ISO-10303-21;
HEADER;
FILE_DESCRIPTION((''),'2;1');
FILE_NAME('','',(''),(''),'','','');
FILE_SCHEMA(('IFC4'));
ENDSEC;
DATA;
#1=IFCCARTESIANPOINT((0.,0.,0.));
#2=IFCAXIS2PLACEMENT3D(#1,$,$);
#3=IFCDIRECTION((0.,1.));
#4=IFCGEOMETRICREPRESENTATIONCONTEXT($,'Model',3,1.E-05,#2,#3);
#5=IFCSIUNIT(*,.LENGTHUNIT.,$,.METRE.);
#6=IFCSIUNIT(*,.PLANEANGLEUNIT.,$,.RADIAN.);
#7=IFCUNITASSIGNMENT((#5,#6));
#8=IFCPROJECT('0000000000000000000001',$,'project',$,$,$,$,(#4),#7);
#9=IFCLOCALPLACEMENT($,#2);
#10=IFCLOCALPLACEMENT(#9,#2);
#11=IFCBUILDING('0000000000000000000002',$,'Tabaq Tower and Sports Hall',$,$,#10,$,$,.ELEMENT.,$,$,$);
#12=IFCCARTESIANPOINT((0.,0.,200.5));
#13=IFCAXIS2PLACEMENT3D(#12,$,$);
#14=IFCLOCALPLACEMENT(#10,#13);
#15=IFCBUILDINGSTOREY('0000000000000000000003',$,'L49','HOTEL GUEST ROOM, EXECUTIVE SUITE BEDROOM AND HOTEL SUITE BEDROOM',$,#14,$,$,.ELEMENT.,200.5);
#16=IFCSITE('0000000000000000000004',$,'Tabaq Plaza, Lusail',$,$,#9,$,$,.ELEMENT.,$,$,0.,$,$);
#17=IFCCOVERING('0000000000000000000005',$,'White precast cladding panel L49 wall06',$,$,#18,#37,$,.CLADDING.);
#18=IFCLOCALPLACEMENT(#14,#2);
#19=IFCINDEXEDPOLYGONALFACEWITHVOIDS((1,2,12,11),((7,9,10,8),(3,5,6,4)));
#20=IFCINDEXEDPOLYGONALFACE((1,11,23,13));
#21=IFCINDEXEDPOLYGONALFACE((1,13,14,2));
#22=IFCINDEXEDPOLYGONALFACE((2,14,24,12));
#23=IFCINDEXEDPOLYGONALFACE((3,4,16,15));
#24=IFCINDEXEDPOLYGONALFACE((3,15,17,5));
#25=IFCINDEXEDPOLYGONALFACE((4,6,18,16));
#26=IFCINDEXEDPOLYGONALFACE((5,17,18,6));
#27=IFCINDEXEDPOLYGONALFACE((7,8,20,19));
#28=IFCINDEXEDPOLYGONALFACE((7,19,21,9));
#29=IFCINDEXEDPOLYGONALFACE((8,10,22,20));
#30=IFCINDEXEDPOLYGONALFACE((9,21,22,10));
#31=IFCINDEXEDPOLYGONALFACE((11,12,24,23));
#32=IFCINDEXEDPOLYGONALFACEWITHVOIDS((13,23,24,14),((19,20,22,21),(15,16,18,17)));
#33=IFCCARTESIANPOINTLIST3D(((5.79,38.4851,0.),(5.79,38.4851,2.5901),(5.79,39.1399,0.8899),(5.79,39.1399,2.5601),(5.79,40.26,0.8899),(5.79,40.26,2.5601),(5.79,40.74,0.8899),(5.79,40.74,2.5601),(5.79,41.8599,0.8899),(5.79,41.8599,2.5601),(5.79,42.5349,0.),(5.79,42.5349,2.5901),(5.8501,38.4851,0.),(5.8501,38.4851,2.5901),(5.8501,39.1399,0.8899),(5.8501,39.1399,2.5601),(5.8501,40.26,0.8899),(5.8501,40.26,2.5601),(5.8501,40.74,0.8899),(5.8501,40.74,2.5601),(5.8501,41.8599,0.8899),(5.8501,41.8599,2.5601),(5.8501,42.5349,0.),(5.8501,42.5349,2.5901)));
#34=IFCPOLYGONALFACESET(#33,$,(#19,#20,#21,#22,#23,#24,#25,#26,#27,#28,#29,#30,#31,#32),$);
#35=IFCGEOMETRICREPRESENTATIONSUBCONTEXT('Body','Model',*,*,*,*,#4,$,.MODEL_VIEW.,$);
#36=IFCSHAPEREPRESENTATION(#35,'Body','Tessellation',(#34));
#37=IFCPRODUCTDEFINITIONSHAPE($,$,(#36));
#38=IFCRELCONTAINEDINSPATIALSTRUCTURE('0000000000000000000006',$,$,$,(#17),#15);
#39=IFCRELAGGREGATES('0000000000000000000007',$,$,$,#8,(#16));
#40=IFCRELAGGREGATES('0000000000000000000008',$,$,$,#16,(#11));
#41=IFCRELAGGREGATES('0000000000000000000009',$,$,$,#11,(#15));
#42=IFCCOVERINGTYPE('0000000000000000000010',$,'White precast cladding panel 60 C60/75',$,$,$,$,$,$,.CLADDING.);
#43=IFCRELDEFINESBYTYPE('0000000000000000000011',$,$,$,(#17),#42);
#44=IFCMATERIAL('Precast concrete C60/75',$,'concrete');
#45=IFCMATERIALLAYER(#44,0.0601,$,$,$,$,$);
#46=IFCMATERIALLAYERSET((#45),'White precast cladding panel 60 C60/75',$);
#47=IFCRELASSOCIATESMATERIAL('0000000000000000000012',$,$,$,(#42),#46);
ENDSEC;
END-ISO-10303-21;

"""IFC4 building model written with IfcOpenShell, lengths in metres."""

from ifc_helpers import new_model, si_unit, direction, frame, origin, place, context, subcontext, project, spatial, polyline, outline, extrude, material, layer, layer_set, type_object, element, save


model = new_model("IFC4")

# Units and contexts
model_context = context("Model", 3, precision=1e-05, world=origin(), true_north=direction((0.0, 1.0)))
body_context = subcontext(model_context, "Body", "Model", "MODEL_VIEW")
ifc_project = project(units=[si_unit("LENGTHUNIT", "METRE"), si_unit("PLANEANGLEUNIT", "RADIAN")], contexts=[model_context])

# Site, building, storey
site_placement = place(None, origin())
site = spatial("IfcSite", under=ifc_project, at=site_placement, Name="Tabaq Plaza, Lusail", CompositionType="ELEMENT", RefElevation=0.0)
building_placement = place(site_placement, origin())
building = spatial("IfcBuilding", under=site, at=building_placement, Name="Tabaq Tower and Sports Hall", CompositionType="ELEMENT")
storey_placement = place(building_placement, frame((0.0, 0.0, 200.5)))
storey = spatial("IfcBuildingStorey", under=building, at=storey_placement, Name="L49", Description="HOTEL GUEST ROOM, EXECUTIVE SUITE BEDROOM AND HOTEL SUITE BEDROOM", CompositionType="ELEMENT", Elevation=200.5)

# Covering
ifc_material_1 = material(Name="Precast concrete C60/75", Category="concrete")
ifc_layer_1 = layer(ifc_material_1, 0.0601)
ifc_layer_set_1 = layer_set([ifc_layer_1], Name="White precast cladding panel 60 C60/75")
covering_type_1 = type_object("IfcCoveringType", Name="White precast cladding panel 60 C60/75", PredefinedType="CLADDING", material=ifc_layer_set_1)
covering_1_placement = place(storey_placement, frame((5.8201, 42.5349, 0.0), z_axis=(0.0, 0.0, 1.0), x_axis=(0.0, -1.0, 0.0)))
element("IfcCovering", 1, at=covering_1_placement, inside=storey, type_object=covering_type_1, Name="White precast cladding panel L49 wall06", PredefinedType="CLADDING", context=body_context, shape_type="SweptSolid", body=[
    extrude(outline(polyline([(0.0, 0.0), (4.0498, 0.0), (4.0498, 2.5901), (0.0, 2.5901), (0.0, 0.0)]), holes=[polyline([(0.675, 0.8899), (0.675, 2.5601), (1.7949, 2.5601), (1.7949, 0.8899), (0.675, 0.8899)]), polyline([(2.2749, 0.8899), (2.2749, 2.5601), (3.395, 2.5601), (3.395, 0.8899), (2.2749, 0.8899)])]), frame((0.0, 0.03, 0.0), z_axis=(0.0, -1.0, 0.0), x_axis=(1.0, 0.0, 0.0)), (0.0, 0.0, 1.0), 0.0601),
])

save(model, "model.ifc")
